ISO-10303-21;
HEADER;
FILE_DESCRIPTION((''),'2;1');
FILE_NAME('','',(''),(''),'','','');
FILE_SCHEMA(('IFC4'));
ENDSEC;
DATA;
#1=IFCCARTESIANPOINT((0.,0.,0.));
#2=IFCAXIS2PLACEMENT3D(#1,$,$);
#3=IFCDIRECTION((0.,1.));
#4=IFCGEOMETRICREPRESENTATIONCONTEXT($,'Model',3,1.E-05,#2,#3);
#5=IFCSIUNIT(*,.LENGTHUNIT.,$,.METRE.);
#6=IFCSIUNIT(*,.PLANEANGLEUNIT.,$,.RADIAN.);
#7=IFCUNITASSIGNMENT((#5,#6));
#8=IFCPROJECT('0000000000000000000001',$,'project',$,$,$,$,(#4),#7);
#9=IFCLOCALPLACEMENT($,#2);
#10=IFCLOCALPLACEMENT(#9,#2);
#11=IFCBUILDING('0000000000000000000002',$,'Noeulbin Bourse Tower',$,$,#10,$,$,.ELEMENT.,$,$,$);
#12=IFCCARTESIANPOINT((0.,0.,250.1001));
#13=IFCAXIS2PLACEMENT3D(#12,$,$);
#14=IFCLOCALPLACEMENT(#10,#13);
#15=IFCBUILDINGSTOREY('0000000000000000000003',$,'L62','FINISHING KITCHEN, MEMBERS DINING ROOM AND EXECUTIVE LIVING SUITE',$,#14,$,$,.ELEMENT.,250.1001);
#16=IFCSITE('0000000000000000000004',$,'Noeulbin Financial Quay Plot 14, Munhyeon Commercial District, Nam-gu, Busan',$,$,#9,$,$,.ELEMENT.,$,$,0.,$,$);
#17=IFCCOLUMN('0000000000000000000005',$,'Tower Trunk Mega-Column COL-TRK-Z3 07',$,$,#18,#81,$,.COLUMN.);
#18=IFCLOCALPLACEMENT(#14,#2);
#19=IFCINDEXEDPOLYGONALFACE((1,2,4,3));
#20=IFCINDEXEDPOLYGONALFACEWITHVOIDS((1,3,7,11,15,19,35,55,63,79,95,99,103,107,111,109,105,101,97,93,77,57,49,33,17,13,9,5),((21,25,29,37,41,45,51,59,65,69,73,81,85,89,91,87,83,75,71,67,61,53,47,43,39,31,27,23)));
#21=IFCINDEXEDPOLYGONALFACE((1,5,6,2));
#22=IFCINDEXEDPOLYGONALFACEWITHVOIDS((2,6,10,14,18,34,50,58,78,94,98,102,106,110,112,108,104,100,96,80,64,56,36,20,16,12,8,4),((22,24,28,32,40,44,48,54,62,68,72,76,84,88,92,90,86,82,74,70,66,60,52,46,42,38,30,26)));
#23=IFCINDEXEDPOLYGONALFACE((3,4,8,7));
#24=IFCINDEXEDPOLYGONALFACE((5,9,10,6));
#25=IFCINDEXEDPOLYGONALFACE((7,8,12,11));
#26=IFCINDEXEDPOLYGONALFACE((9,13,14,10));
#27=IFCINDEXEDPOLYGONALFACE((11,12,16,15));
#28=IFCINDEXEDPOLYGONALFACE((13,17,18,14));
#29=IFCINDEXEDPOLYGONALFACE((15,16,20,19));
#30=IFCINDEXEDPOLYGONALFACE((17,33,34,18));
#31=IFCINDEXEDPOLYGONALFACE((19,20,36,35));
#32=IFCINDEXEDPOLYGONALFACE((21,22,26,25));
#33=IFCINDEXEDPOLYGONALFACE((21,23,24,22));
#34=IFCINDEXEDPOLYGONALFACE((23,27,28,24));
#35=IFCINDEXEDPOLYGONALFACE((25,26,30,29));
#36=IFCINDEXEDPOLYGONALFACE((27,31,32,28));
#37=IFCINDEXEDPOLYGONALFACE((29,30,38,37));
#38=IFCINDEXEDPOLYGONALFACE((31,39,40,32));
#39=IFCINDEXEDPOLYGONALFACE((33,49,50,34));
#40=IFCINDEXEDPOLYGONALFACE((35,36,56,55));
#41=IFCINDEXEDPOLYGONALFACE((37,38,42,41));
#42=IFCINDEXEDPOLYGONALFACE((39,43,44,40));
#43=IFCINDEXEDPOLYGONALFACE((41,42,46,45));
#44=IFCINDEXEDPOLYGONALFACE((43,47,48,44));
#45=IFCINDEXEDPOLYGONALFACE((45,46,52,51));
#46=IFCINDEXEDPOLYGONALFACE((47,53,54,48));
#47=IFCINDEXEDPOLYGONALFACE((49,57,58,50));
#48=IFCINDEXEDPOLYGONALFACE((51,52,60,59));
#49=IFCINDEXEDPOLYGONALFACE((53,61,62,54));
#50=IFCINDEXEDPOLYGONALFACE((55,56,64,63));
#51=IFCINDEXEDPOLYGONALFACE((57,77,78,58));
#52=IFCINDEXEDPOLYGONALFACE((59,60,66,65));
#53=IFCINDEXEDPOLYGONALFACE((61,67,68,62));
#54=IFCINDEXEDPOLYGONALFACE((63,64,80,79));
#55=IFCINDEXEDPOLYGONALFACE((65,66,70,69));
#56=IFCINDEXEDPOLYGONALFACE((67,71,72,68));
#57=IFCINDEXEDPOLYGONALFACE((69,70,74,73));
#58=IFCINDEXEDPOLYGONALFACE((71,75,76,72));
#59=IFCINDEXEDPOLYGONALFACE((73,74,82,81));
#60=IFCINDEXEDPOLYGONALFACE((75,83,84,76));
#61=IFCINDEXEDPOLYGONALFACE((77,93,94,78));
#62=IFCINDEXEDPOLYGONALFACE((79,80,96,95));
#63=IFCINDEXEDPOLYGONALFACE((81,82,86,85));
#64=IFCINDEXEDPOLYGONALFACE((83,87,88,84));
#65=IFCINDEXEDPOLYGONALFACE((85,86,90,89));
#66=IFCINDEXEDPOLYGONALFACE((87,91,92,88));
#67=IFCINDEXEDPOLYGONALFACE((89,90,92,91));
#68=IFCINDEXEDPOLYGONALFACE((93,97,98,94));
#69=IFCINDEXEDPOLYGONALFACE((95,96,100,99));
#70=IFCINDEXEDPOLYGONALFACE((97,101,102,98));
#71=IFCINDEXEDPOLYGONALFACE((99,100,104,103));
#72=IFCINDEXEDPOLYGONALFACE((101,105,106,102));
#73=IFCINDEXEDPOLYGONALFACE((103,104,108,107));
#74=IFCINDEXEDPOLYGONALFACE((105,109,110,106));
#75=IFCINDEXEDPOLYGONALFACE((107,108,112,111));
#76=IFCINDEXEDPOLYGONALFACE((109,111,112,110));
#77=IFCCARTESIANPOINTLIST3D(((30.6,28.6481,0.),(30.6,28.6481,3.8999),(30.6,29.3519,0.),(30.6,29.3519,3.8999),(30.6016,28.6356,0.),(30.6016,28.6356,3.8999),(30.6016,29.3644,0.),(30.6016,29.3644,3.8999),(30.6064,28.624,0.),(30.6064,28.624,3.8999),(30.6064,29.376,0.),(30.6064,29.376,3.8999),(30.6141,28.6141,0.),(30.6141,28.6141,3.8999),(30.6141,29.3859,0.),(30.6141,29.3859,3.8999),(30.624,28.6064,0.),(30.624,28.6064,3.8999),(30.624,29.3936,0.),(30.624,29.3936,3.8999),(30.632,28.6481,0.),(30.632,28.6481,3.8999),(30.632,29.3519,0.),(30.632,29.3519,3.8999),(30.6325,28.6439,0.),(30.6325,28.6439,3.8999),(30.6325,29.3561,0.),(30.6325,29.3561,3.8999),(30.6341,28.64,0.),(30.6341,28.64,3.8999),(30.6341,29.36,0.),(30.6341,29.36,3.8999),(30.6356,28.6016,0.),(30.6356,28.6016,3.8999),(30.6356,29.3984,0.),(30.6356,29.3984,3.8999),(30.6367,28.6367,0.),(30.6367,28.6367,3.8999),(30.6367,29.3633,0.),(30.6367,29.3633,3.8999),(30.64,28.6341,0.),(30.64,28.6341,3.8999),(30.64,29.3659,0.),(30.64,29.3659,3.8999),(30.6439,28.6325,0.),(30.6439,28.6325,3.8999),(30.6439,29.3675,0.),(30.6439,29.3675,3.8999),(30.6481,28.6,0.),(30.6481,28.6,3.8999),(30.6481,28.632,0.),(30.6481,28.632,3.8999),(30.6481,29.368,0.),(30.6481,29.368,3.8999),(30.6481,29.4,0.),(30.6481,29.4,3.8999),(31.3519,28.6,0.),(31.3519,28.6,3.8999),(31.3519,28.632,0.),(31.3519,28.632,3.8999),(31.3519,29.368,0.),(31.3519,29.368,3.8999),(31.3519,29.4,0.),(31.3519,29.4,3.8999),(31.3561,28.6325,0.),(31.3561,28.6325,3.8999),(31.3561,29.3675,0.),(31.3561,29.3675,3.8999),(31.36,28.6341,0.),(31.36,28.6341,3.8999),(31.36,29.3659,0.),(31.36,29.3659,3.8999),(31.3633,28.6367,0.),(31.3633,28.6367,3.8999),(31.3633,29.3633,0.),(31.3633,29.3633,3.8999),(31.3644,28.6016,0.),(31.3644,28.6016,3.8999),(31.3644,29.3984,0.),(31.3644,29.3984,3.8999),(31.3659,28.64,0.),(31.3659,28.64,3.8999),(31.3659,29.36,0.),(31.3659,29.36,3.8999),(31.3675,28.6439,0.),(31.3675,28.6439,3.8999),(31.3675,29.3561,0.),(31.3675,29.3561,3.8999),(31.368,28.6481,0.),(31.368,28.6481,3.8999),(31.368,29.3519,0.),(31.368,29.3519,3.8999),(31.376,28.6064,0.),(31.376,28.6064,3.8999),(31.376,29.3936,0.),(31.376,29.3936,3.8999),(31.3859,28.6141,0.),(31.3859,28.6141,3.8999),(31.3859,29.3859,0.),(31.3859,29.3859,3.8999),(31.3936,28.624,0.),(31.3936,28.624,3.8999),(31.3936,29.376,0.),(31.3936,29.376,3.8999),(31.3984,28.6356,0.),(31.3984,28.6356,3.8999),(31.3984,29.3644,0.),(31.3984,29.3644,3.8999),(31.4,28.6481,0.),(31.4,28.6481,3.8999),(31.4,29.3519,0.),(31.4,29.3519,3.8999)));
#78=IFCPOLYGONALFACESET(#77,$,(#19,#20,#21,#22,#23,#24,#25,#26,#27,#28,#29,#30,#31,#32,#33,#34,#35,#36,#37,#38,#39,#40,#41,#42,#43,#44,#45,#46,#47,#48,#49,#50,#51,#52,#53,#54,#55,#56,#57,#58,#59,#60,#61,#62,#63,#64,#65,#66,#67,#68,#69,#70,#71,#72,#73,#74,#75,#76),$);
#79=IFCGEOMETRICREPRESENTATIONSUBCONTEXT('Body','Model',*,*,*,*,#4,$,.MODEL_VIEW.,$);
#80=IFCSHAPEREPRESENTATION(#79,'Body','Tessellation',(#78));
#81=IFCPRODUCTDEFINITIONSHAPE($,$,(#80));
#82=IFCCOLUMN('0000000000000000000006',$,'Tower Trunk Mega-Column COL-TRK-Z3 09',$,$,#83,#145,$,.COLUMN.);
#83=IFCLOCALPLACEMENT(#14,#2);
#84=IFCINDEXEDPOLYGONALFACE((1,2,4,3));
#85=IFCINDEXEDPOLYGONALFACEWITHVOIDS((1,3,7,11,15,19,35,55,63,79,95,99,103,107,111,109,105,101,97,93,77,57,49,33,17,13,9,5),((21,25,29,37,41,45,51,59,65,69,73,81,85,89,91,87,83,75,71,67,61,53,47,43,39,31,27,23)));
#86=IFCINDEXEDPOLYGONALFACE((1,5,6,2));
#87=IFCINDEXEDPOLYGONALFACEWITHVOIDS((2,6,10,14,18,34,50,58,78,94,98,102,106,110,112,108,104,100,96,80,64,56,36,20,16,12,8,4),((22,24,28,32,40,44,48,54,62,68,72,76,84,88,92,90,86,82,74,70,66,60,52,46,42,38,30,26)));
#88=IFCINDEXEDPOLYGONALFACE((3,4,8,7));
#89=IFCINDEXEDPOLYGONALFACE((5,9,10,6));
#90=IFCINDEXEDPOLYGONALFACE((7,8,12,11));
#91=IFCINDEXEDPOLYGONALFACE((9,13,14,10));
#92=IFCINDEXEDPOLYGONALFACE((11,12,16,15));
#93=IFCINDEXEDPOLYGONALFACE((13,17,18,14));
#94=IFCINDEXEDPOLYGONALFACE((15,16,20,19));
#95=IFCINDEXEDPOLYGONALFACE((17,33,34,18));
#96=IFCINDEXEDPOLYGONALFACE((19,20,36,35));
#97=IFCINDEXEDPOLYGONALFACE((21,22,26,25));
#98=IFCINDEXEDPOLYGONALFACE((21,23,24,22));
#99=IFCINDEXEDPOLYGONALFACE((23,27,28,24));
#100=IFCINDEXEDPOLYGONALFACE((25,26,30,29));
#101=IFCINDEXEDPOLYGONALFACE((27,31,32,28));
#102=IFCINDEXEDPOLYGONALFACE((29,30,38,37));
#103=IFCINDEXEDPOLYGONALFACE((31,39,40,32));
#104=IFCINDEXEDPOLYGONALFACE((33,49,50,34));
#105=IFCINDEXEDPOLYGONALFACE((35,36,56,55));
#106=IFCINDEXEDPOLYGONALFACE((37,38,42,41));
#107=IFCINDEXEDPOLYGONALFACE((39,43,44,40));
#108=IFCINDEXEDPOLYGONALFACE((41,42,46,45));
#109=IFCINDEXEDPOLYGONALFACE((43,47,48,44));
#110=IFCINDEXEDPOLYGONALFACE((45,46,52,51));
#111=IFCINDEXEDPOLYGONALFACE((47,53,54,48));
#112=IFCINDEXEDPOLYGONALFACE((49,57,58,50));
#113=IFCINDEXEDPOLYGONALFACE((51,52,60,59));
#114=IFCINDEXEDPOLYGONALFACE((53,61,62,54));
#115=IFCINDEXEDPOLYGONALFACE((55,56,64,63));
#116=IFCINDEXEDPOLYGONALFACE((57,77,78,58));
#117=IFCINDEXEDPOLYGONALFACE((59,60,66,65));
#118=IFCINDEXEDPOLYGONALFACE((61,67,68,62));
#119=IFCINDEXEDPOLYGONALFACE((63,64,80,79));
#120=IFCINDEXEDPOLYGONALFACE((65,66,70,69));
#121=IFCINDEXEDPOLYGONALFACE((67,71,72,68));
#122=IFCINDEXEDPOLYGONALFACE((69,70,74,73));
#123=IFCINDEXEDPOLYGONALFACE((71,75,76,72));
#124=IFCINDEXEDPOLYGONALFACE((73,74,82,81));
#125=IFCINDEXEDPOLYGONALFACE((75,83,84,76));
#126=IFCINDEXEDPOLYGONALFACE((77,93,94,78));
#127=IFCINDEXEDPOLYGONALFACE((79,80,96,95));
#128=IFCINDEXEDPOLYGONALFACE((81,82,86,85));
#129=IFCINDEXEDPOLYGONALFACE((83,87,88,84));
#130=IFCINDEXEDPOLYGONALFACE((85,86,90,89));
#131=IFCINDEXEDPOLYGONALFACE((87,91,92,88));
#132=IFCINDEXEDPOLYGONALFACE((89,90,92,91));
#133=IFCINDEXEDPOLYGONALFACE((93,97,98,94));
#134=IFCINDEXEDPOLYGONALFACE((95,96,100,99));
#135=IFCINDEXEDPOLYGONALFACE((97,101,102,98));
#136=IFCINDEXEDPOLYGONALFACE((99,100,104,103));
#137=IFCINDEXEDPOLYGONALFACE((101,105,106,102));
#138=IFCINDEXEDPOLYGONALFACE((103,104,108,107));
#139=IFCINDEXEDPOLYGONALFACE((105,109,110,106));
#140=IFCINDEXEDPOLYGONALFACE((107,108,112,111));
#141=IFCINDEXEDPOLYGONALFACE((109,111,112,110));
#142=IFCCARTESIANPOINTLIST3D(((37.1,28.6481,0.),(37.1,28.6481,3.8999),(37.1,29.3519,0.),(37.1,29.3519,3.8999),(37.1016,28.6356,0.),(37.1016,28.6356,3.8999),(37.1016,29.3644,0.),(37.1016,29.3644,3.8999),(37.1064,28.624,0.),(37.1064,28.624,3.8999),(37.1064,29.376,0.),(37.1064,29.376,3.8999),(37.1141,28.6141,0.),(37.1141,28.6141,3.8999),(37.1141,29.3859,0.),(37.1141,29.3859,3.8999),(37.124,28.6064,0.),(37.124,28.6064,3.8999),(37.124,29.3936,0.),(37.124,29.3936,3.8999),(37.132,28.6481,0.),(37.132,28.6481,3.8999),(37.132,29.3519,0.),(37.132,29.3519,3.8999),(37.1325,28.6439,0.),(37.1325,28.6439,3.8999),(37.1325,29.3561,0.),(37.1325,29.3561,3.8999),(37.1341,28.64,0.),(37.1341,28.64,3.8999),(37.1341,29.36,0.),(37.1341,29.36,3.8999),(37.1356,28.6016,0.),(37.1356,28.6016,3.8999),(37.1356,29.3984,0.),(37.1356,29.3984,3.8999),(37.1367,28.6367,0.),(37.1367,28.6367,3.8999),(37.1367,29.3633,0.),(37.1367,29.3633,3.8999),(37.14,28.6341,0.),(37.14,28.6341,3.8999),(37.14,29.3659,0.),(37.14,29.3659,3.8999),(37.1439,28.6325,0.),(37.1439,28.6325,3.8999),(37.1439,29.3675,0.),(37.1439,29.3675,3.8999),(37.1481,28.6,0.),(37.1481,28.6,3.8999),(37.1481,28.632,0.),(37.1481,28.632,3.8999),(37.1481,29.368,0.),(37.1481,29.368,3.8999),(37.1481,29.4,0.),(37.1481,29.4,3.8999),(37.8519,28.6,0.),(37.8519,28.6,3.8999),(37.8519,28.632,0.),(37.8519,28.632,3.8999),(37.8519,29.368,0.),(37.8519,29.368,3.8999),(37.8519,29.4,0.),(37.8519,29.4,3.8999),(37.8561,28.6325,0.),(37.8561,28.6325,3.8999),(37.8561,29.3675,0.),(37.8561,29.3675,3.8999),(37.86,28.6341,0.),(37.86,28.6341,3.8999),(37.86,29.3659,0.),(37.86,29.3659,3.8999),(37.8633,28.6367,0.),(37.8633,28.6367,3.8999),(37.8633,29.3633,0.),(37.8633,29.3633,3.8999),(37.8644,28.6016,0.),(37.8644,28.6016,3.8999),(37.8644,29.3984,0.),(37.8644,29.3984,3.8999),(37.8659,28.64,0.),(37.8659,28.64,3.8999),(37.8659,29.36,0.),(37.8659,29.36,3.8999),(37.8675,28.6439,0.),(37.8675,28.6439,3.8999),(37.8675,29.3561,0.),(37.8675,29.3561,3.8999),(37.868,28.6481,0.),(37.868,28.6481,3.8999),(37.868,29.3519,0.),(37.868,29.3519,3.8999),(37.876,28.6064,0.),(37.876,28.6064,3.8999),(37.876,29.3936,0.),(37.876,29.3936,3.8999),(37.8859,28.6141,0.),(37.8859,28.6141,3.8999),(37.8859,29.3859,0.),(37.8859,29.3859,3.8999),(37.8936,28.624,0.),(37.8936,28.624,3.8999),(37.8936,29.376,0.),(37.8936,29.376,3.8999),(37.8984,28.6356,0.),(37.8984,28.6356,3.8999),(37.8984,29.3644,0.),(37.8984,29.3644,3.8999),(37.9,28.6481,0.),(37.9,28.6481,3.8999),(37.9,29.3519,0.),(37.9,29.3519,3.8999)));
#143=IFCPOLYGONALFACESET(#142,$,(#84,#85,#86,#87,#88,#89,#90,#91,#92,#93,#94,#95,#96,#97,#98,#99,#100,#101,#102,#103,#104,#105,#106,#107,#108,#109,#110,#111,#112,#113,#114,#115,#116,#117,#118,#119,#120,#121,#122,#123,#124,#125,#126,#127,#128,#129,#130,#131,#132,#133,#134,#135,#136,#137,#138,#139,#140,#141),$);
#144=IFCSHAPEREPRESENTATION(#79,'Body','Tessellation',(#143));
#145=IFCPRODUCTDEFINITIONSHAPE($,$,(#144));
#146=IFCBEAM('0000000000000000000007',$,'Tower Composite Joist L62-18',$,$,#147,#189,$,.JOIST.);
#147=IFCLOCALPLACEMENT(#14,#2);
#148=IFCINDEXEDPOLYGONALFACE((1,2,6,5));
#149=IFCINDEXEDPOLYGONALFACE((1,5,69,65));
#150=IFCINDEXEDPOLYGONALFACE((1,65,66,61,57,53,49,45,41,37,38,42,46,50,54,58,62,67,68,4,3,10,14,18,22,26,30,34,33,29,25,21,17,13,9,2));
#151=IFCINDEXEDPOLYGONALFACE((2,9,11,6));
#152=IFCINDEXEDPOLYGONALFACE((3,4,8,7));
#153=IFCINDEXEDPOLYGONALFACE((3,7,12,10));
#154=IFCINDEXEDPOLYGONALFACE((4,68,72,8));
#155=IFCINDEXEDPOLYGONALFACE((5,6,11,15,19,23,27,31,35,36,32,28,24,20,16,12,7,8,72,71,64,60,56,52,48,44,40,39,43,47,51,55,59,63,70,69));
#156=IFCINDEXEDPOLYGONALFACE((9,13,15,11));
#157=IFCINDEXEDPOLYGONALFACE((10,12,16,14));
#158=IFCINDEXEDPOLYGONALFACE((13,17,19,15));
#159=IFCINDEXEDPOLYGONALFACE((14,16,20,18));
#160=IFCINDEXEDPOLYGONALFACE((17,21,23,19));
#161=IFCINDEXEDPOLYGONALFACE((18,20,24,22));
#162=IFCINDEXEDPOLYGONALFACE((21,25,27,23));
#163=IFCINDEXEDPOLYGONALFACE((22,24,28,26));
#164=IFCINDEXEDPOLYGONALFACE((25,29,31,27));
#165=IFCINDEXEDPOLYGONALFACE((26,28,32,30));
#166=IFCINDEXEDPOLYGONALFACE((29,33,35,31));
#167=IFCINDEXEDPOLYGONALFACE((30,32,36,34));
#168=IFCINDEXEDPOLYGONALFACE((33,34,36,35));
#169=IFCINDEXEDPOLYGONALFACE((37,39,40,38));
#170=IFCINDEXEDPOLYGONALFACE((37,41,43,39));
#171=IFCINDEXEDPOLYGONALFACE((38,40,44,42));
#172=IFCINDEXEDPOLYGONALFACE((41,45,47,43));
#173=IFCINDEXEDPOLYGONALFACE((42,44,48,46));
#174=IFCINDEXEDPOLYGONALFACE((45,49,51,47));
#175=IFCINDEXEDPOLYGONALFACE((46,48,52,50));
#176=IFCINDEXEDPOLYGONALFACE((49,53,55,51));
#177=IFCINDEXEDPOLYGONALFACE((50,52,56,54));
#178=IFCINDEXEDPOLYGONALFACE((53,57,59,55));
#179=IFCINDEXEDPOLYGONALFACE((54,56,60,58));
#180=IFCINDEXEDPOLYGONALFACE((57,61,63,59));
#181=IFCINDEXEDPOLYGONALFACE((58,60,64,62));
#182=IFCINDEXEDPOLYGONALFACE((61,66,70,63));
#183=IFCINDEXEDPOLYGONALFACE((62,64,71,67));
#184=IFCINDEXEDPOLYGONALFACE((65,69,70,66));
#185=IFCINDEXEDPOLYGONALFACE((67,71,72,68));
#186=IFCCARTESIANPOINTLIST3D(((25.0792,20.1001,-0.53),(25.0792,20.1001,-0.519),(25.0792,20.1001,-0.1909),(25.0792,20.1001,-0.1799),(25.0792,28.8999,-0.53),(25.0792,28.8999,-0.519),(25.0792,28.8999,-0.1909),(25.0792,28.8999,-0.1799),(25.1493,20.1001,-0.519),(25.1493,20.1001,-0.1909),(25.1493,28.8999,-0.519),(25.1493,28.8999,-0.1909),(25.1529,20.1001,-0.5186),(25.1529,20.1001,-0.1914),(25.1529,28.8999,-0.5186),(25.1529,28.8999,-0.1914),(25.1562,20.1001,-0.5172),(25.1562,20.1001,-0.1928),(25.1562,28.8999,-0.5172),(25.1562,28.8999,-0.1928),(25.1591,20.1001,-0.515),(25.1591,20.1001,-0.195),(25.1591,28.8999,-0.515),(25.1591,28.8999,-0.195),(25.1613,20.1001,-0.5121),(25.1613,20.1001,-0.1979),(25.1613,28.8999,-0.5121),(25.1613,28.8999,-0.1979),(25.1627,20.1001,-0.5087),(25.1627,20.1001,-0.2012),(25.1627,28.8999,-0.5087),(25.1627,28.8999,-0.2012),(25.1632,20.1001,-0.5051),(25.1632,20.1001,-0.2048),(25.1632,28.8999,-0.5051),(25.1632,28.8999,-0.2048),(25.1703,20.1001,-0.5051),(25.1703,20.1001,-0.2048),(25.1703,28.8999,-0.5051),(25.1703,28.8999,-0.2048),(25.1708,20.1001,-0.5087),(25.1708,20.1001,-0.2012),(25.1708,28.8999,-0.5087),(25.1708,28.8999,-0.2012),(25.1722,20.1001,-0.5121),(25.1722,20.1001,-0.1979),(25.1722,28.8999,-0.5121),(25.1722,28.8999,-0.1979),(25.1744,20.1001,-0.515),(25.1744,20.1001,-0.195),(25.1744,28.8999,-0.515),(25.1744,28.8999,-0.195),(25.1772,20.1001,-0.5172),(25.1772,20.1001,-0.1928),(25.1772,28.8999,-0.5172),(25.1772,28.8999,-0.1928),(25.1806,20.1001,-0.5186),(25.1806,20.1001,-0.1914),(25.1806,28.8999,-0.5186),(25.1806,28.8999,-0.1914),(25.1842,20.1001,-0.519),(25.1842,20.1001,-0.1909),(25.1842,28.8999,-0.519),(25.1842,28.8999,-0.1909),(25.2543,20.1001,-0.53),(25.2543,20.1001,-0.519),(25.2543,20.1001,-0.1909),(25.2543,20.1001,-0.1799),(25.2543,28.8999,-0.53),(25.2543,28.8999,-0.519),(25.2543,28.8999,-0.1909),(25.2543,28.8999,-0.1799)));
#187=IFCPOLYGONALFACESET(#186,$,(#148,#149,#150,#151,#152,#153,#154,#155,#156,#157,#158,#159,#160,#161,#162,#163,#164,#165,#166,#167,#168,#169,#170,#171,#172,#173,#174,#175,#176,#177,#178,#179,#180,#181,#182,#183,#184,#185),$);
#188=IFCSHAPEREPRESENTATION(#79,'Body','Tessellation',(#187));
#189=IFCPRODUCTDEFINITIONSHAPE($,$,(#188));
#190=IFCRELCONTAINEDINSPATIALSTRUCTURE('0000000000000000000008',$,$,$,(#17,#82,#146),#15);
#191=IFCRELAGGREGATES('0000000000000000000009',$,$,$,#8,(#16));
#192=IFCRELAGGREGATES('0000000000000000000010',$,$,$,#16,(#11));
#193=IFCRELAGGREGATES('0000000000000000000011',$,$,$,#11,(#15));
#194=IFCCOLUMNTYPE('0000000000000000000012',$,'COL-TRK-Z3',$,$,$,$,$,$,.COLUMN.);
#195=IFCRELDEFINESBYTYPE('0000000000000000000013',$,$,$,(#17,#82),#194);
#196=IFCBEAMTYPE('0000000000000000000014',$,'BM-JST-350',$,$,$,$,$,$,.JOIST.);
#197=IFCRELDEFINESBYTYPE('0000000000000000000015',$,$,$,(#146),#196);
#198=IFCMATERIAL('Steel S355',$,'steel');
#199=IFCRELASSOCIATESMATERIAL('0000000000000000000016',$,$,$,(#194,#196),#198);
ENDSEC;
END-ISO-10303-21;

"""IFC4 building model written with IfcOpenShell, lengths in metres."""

from ifc_helpers import new_model, si_unit, direction, frame, origin, origin_2d, place, context, subcontext, project, spatial, hollow_rectangle, i_section, extrude, material, material_profile, profile_set, type_object, element, save


model = new_model("IFC4")

# Units and contexts
model_context = context("Model", 3, precision=1e-05, world=origin(), true_north=direction((0.0, 1.0)))
body_context = subcontext(model_context, "Body", "Model", "MODEL_VIEW")
ifc_project = project(units=[si_unit("LENGTHUNIT", "METRE"), si_unit("PLANEANGLEUNIT", "RADIAN")], contexts=[model_context])

# Site, building, storey
site_placement = place(None, origin())
site = spatial("IfcSite", under=ifc_project, at=site_placement, Name="Noeulbin Financial Quay Plot 14, Munhyeon Commercial District, Nam-gu, Busan", CompositionType="ELEMENT", RefElevation=0.0)
building_placement = place(site_placement, origin())
building = spatial("IfcBuilding", under=site, at=building_placement, Name="Noeulbin Bourse Tower", CompositionType="ELEMENT")
storey_placement = place(building_placement, frame((0.0, 0.0, 250.1001)))
storey = spatial("IfcBuildingStorey", under=building, at=storey_placement, Name="L62", Description="FINISHING KITCHEN, MEMBERS DINING ROOM AND EXECUTIVE LIVING SUITE", CompositionType="ELEMENT", Elevation=250.1001)

# Columns
ifc_material_1 = material(Name="Steel S355", Category="steel")
ifc_material_profile_1 = material_profile(ifc_material_1, hollow_rectangle(XDim=0.8, YDim=0.8, WallThickness=0.032, InnerFilletRadius=0.0161, OuterFilletRadius=0.0481, at=origin_2d()), Name="BOX-800x800x32", Category="LoadBearing")
ifc_profile_set_1 = profile_set([ifc_material_profile_1], Name="Steel S355")
column_type = type_object("IfcColumnType", Name="COL-TRK-Z3", PredefinedType="COLUMN", material=ifc_profile_set_1)
for number, where, z_axis, x_axis, name in (
    (1, (31.0, 29.0, 0.0), (0.0, 0.0, 1.0), (1.0, 0.0, 0.0), "Tower Trunk Mega-Column COL-TRK-Z3 07"),
    (2, (37.5, 29.0, 0.0), (0.0, 0.0, 1.0), (1.0, 0.0, 0.0), "Tower Trunk Mega-Column COL-TRK-Z3 09"),
):
    element("IfcColumn", number, at=place(storey_placement, frame(where, z_axis=z_axis, x_axis=x_axis)), inside=storey, type_object=column_type, Name=name, PredefinedType="COLUMN", context=body_context, shape_type="SweptSolid", body=[
        extrude(hollow_rectangle(XDim=0.8, YDim=0.8, WallThickness=0.032, InnerFilletRadius=0.0161, OuterFilletRadius=0.0481, at=origin_2d()), origin(), (0.0, 0.0, 1.0), 3.8999),
    ])

# Beam
ifc_material_profile_2 = material_profile(ifc_material_1, i_section(OverallWidth=0.175, OverallDepth=0.3501, WebThickness=0.0071, FlangeThickness=0.011, FilletRadius=0.0139, at=origin_2d()), Name="H-350x175x7x11", Category="LoadBearing")
ifc_profile_set_2 = profile_set([ifc_material_profile_2], Name="Steel S355")
beam_type = type_object("IfcBeamType", Name="BM-JST-350", PredefinedType="JOIST", material=ifc_profile_set_2)
for number, where, z_axis, x_axis, name in (
    (3, (25.1667, 20.1001, -0.355), (0.0, 1.0, 0.0), (-1.0, 0.0, 0.0), "Tower Composite Joist L62-18"),
):
    element("IfcBeam", number, at=place(storey_placement, frame(where, z_axis=z_axis, x_axis=x_axis)), inside=storey, type_object=beam_type, Name=name, PredefinedType="JOIST", context=body_context, shape_type="SweptSolid", body=[
        extrude(i_section(OverallWidth=0.175, OverallDepth=0.3501, WebThickness=0.0071, FlangeThickness=0.011, FilletRadius=0.0139, at=origin_2d()), origin(), (0.0, 0.0, 1.0), 8.7998),
    ])

save(model, "model.ifc")
